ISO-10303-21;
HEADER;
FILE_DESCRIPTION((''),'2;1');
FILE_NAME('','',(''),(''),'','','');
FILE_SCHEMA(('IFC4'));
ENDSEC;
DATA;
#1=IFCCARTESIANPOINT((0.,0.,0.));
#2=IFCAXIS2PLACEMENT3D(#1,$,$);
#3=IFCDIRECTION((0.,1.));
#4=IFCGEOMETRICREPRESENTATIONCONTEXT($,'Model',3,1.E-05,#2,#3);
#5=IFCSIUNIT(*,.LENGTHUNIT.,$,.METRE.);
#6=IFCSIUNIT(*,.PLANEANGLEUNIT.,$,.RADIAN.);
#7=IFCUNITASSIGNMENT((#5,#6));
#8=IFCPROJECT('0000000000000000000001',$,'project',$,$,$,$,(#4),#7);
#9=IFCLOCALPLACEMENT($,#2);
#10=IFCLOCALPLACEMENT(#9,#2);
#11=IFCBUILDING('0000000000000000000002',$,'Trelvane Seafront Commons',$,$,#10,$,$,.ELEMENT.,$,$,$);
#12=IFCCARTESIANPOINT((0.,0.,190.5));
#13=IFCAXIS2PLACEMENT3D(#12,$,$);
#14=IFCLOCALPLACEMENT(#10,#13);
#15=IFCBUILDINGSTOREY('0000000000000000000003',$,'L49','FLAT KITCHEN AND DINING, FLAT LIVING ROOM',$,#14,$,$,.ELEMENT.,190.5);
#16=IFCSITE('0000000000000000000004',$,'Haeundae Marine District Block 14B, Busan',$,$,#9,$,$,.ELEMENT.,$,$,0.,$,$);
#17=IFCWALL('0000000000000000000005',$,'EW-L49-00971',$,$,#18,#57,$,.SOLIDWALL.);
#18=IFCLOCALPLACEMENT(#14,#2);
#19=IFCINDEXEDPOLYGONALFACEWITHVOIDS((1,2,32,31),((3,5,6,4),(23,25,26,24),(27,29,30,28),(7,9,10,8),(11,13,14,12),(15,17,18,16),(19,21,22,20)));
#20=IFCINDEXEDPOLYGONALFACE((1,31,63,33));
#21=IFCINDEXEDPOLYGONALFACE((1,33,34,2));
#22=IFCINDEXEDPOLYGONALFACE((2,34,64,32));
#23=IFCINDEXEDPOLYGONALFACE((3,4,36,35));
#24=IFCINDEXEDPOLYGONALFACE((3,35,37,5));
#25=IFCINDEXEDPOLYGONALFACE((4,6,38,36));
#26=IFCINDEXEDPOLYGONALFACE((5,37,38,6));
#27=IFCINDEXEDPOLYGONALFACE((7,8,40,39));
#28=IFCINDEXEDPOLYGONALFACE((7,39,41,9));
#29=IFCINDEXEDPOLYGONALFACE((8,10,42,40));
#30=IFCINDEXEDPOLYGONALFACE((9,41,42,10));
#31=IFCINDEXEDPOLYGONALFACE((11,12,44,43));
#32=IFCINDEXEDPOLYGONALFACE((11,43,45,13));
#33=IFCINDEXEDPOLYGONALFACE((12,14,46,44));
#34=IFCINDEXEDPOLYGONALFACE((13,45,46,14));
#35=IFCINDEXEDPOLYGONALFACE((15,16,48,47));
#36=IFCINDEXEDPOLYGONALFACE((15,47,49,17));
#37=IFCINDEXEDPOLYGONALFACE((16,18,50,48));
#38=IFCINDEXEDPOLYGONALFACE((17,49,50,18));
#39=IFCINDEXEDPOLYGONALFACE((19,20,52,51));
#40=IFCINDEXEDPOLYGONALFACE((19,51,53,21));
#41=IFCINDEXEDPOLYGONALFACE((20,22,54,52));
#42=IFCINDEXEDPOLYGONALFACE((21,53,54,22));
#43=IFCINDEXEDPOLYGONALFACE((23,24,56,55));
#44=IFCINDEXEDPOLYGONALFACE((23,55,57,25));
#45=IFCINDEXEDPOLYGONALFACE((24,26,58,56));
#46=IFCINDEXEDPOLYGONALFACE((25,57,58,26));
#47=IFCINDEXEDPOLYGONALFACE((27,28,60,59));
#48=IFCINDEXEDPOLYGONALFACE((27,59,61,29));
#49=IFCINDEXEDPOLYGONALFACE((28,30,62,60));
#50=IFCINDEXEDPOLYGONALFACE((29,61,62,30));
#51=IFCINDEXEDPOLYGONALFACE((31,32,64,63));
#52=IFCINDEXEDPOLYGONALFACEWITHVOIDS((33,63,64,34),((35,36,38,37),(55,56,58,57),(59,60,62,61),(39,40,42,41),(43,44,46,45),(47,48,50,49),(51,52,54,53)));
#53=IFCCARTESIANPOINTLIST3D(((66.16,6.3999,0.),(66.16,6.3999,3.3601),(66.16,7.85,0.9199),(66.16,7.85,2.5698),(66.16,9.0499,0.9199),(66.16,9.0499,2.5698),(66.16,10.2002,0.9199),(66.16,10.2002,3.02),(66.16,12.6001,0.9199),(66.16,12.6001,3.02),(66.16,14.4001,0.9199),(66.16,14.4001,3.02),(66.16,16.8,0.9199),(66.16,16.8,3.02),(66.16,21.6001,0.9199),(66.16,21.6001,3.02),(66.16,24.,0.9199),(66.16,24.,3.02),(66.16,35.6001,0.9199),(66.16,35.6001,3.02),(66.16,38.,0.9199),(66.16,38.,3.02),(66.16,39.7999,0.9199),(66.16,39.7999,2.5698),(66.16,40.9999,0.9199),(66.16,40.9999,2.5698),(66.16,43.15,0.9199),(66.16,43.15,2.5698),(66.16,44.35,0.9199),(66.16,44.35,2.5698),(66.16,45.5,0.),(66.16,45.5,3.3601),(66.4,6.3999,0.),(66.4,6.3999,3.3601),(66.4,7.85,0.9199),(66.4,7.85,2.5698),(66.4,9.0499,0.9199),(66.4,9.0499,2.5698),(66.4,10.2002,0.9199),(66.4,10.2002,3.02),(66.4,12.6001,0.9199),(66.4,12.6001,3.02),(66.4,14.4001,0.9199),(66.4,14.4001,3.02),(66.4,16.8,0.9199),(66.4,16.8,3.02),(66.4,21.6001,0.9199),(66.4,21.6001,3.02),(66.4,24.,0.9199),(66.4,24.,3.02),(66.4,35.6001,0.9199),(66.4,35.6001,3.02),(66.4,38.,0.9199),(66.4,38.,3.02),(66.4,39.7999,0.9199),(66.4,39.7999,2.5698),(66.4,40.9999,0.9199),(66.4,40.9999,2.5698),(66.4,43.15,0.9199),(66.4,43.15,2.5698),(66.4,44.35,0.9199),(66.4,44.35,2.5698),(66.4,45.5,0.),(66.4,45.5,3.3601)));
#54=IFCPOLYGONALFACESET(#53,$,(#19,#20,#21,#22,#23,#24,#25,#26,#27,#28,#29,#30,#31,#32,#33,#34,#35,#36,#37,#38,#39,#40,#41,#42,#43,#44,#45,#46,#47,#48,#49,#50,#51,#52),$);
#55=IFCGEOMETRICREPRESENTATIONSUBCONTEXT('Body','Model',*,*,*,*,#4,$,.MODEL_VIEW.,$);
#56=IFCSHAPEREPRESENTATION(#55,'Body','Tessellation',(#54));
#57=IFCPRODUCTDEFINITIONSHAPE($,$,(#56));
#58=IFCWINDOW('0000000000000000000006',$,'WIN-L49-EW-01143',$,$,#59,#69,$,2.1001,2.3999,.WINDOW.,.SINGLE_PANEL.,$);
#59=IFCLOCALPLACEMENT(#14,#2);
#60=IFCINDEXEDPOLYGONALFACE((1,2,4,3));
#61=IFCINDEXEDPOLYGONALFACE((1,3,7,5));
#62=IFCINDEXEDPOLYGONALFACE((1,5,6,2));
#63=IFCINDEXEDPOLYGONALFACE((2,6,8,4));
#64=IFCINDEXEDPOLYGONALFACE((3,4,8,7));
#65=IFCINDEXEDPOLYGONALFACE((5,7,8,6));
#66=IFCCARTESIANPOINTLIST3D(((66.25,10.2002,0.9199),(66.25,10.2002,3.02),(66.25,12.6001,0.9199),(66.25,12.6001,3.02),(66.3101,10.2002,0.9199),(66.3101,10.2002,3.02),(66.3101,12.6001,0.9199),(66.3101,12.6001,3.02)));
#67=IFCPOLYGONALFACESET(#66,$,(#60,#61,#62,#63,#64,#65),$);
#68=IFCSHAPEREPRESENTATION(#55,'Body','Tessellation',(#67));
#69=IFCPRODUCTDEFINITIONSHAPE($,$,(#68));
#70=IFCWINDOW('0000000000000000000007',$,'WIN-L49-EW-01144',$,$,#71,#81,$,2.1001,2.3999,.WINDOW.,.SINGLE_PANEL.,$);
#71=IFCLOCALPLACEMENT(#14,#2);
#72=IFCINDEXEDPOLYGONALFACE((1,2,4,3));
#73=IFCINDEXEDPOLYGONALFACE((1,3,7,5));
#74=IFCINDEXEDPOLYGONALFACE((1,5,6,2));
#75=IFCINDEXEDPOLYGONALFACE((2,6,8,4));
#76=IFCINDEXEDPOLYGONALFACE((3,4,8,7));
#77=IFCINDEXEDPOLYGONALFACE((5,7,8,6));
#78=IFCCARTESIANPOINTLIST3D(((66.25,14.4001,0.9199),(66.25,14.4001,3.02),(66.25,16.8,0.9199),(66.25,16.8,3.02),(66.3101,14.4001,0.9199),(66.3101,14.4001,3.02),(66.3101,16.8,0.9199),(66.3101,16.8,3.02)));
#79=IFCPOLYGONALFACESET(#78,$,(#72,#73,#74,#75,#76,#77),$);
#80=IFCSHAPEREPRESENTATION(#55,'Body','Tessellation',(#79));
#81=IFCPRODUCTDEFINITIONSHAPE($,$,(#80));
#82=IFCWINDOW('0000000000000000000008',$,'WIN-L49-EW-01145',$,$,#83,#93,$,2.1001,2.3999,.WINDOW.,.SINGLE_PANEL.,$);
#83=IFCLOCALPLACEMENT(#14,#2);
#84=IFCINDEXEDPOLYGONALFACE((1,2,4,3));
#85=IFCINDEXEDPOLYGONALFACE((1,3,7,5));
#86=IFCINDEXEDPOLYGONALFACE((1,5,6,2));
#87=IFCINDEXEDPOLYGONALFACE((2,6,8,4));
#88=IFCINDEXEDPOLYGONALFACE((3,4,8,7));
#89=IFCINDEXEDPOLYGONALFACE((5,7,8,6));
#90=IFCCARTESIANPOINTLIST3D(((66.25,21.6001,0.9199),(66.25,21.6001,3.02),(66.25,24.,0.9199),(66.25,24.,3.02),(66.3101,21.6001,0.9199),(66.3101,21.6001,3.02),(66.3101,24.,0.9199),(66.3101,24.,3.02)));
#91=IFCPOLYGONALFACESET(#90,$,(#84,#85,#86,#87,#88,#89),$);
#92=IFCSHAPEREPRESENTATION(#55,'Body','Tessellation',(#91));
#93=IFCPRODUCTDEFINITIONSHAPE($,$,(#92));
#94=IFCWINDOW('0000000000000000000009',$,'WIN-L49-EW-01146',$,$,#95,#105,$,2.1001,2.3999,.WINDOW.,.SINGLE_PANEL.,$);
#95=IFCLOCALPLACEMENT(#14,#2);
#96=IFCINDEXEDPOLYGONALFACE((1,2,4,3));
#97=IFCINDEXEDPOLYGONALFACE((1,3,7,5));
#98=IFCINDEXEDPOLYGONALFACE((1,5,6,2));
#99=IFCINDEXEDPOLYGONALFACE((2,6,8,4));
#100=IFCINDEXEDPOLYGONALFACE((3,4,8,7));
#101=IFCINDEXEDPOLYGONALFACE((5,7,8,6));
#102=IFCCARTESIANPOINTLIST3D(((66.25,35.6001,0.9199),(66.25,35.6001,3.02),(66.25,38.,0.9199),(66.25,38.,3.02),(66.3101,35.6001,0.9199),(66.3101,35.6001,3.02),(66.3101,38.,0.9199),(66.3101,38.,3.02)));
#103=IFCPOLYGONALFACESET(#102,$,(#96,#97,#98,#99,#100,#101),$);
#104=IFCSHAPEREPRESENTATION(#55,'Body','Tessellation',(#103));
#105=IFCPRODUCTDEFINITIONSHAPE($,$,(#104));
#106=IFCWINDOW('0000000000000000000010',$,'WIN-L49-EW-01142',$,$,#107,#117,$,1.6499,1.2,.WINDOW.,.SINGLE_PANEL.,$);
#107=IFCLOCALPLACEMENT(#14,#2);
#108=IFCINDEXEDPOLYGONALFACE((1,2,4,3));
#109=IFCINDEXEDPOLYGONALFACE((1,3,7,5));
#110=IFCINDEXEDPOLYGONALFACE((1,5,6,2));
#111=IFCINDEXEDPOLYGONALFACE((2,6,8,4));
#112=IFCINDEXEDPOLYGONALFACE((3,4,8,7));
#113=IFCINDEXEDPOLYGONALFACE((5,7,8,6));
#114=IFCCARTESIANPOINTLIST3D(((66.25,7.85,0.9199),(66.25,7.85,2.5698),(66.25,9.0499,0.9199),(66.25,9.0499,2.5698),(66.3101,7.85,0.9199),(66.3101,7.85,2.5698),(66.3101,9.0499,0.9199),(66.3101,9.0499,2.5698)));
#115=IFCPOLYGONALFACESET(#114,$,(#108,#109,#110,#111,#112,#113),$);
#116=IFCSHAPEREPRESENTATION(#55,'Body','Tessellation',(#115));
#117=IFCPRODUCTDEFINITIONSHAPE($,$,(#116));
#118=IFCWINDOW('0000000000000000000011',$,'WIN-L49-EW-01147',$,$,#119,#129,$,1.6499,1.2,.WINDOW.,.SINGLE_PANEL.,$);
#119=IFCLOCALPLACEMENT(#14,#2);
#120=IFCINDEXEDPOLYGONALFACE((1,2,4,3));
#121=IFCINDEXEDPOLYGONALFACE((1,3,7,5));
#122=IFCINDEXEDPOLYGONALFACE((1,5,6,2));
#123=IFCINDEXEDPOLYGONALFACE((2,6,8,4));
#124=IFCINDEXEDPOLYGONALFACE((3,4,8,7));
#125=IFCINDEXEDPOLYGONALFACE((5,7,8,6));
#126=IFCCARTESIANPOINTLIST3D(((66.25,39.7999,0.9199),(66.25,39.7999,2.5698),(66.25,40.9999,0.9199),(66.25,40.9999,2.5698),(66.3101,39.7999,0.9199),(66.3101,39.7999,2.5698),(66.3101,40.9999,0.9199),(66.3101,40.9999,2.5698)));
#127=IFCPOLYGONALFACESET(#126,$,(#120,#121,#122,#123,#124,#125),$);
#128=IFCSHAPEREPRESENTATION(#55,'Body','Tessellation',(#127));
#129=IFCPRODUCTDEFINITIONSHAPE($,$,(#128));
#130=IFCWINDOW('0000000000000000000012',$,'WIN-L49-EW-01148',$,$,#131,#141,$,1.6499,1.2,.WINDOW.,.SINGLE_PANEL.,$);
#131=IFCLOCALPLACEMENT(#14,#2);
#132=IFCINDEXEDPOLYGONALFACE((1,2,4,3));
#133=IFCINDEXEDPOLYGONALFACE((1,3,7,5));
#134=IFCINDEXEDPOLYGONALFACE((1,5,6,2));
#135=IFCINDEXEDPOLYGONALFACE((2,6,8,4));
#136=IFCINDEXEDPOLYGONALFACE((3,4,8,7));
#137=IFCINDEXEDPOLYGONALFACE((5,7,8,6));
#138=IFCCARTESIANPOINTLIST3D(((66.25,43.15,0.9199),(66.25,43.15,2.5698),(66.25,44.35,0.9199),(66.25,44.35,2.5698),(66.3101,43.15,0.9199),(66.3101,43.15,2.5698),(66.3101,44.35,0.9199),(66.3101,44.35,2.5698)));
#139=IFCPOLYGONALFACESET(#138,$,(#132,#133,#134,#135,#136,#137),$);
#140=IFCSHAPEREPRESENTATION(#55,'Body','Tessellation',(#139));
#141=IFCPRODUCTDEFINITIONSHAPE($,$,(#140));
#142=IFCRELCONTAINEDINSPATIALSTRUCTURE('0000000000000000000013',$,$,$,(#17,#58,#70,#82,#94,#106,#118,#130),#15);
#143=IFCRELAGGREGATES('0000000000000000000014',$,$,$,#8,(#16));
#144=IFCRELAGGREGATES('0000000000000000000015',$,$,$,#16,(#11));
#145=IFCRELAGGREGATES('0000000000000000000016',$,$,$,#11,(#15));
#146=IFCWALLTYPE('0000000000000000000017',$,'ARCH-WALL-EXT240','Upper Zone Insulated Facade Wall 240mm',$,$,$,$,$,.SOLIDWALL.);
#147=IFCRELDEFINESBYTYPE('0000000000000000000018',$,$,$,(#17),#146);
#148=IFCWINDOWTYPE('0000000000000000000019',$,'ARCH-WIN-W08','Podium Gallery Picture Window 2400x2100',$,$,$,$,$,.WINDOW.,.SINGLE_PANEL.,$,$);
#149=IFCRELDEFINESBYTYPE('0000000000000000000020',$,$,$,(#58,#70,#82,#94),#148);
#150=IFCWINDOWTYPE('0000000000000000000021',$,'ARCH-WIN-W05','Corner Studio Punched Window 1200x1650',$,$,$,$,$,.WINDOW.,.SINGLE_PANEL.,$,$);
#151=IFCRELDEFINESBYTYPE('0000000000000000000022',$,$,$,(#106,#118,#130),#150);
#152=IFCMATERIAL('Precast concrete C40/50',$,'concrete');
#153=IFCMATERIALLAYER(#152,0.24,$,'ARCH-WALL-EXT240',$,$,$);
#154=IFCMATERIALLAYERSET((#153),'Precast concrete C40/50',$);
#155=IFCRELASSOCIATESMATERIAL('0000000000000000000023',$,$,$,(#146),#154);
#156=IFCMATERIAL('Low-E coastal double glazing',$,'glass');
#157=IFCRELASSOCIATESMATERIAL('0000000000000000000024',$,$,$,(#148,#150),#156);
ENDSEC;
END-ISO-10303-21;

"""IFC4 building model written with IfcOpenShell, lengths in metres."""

from ifc_helpers import new_model, si_unit, direction, frame, frame_2d, origin, place, context, subcontext, project, spatial, rectangle, extrude, source, transform, mapped, material, layer, layer_set, type_object, element, fill, save


model = new_model("IFC4")

# Units and contexts
model_context = context("Model", 3, precision=1e-05, world=origin(), true_north=direction((0.0, 1.0)))
body_context = subcontext(model_context, "Body", "Model", "MODEL_VIEW")
ifc_project = project(units=[si_unit("LENGTHUNIT", "METRE"), si_unit("PLANEANGLEUNIT", "RADIAN")], contexts=[model_context])

# Site, building, storey
site_placement = place(None, origin())
site = spatial("IfcSite", under=ifc_project, at=site_placement, Name="Haeundae Marine District Block 14B, Busan", CompositionType="ELEMENT", RefElevation=0.0)
building_placement = place(site_placement, origin())
building = spatial("IfcBuilding", under=site, at=building_placement, Name="Trelvane Seafront Commons", CompositionType="ELEMENT")
storey_placement = place(building_placement, frame((0.0, 0.0, 190.5)))
storey = spatial("IfcBuildingStorey", under=building, at=storey_placement, Name="L49", Description="FLAT KITCHEN AND DINING, FLAT LIVING ROOM", CompositionType="ELEMENT", Elevation=190.5)

# Shared definitions
ifc_material_1 = material(Name="Low-E coastal double glazing", Category="glass")

# Shared definitions
ifc_material_2 = material(Name="Precast concrete C40/50", Category="concrete")
ifc_layer_1 = layer(ifc_material_2, 0.24, Name="ARCH-WALL-EXT240")
ifc_layer_set_1 = layer_set([ifc_layer_1], Name="Precast concrete C40/50")
wall_type = type_object("IfcWallType", Name="ARCH-WALL-EXT240", Description="Upper Zone Insulated Facade Wall 240mm", PredefinedType="SOLIDWALL", material=ifc_layer_set_1)

# Wall, openings, windows
wall_1_placement = place(storey_placement, frame((66.28, 45.5, 0.0), z_axis=(0.0, 0.0, 1.0), x_axis=(0.0, -1.0, 0.0)))
wall_1 = element("IfcWall", 1, at=wall_1_placement, inside=storey, type_object=wall_type, Name="EW-L49-00971", PredefinedType="SOLIDWALL", context=body_context, shape_type="SweptSolid", body=[
    extrude(rectangle(XDim=39.1001, YDim=0.24, at=frame_2d((19.55, 0.0))), origin(), (0.0, 0.0, 1.0), 3.3601),
])
opening_1_placement = place(wall_1_placement, frame((36.45, 0.0, 0.9199)))
opening_1 = element("IfcOpeningElement", 2, at=opening_1_placement, cuts=wall_1, PredefinedType="OPENING", context=body_context, shape_type="SweptSolid", body=[
    extrude(rectangle(XDim=1.2, YDim=1.6499, at=frame_2d((0.6001, 0.825))), frame((0.0, 0.1299, 0.0), z_axis=(0.0, -1.0, 0.0), x_axis=(1.0, 0.0, 0.0)), (0.0, 0.0, 1.0), 0.26),
])
opening_2_placement = place(wall_1_placement, frame((32.8999, 0.0, 0.9199)))
opening_2 = element("IfcOpeningElement", 3, at=opening_2_placement, cuts=wall_1, PredefinedType="OPENING", context=body_context, shape_type="SweptSolid", body=[
    extrude(rectangle(XDim=2.3999, YDim=2.1001, at=frame_2d((1.2, 1.05))), frame((0.0, 0.1299, 0.0), z_axis=(0.0, -1.0, 0.0), x_axis=(1.0, 0.0, 0.0)), (0.0, 0.0, 1.0), 0.26),
])
opening_3_placement = place(wall_1_placement, frame((28.7, 0.0, 0.9199)))
opening_3 = element("IfcOpeningElement", 4, at=opening_3_placement, cuts=wall_1, PredefinedType="OPENING", context=body_context, shape_type="SweptSolid", body=[
    extrude(rectangle(XDim=2.3999, YDim=2.1001, at=frame_2d((1.2, 1.05))), frame((0.0, 0.1299, 0.0), z_axis=(0.0, -1.0, 0.0), x_axis=(1.0, 0.0, 0.0)), (0.0, 0.0, 1.0), 0.26),
])
opening_4_placement = place(wall_1_placement, frame((21.5, 0.0, 0.9199)))
opening_4 = element("IfcOpeningElement", 5, at=opening_4_placement, cuts=wall_1, PredefinedType="OPENING", context=body_context, shape_type="SweptSolid", body=[
    extrude(rectangle(XDim=2.3999, YDim=2.1001, at=frame_2d((1.2, 1.05))), frame((0.0, 0.1299, 0.0), z_axis=(0.0, -1.0, 0.0), x_axis=(1.0, 0.0, 0.0)), (0.0, 0.0, 1.0), 0.26),
])
opening_5_placement = place(wall_1_placement, frame((7.5, 0.0, 0.9199)))
opening_5 = element("IfcOpeningElement", 6, at=opening_5_placement, cuts=wall_1, PredefinedType="OPENING", context=body_context, shape_type="SweptSolid", body=[
    extrude(rectangle(XDim=2.3999, YDim=2.1001, at=frame_2d((1.2, 1.05))), frame((0.0, 0.1299, 0.0), z_axis=(0.0, -1.0, 0.0), x_axis=(1.0, 0.0, 0.0)), (0.0, 0.0, 1.0), 0.26),
])
opening_6_placement = place(wall_1_placement, frame((4.5, 0.0, 0.9199)))
opening_6 = element("IfcOpeningElement", 7, at=opening_6_placement, cuts=wall_1, PredefinedType="OPENING", context=body_context, shape_type="SweptSolid", body=[
    extrude(rectangle(XDim=1.2, YDim=1.6499, at=frame_2d((0.6001, 0.825))), frame((0.0, 0.1299, 0.0), z_axis=(0.0, -1.0, 0.0), x_axis=(1.0, 0.0, 0.0)), (0.0, 0.0, 1.0), 0.26),
])
opening_7_placement = place(wall_1_placement, frame((1.1499, 0.0, 0.9199)))
opening_7 = element("IfcOpeningElement", 8, at=opening_7_placement, cuts=wall_1, PredefinedType="OPENING", context=body_context, shape_type="SweptSolid", body=[
    extrude(rectangle(XDim=1.2, YDim=1.6499, at=frame_2d((0.6001, 0.825))), frame((0.0, 0.1299, 0.0), z_axis=(0.0, -1.0, 0.0), x_axis=(1.0, 0.0, 0.0)), (0.0, 0.0, 1.0), 0.26),
])
window_type_1 = type_object("IfcWindowType", Name="ARCH-WIN-W08", Description="Podium Gallery Picture Window 2400x2100", PartitioningType="SINGLE_PANEL", PredefinedType="WINDOW", material=ifc_material_1)
shared_shape_1 = source(origin(), body_context, "Body", "SweptSolid", [
    extrude(rectangle(XDim=2.3999, YDim=2.1001, at=frame_2d((1.2, 1.05))), frame((0.0, 0.03, 0.0), z_axis=(0.0, -1.0, 0.0), x_axis=(1.0, 0.0, 0.0)), (0.0, 0.0, 1.0), 0.0601),
])
window_1_placement = place(opening_2_placement, origin())
window_1 = element("IfcWindow", 9, at=window_1_placement, inside=storey, type_object=window_type_1, Name="WIN-L49-EW-01143", OverallHeight=2.1001, OverallWidth=2.3999, PartitioningType="SINGLE_PANEL", PredefinedType="WINDOW", context=body_context, shape_type="MappedRepresentation", body=[
    mapped(shared_shape_1, transform((0.0, 0.0, 0.0), x_axis=(1.0, 0.0, 0.0), y_axis=(0.0, 1.0, 0.0), z_axis=(0.0, 0.0, 1.0), scale=1.0)),
])
fill(opening_2, window_1)
window_2_placement = place(opening_3_placement, origin())
window_2 = element("IfcWindow", 10, at=window_2_placement, inside=storey, type_object=window_type_1, Name="WIN-L49-EW-01144", OverallHeight=2.1001, OverallWidth=2.3999, PartitioningType="SINGLE_PANEL", PredefinedType="WINDOW", context=body_context, shape_type="MappedRepresentation", body=[
    mapped(shared_shape_1, transform((0.0, 0.0, 0.0), x_axis=(1.0, 0.0, 0.0), y_axis=(0.0, 1.0, 0.0), z_axis=(0.0, 0.0, 1.0), scale=1.0)),
])
fill(opening_3, window_2)
window_3_placement = place(opening_4_placement, origin())
window_3 = element("IfcWindow", 11, at=window_3_placement, inside=storey, type_object=window_type_1, Name="WIN-L49-EW-01145", OverallHeight=2.1001, OverallWidth=2.3999, PartitioningType="SINGLE_PANEL", PredefinedType="WINDOW", context=body_context, shape_type="MappedRepresentation", body=[
    mapped(shared_shape_1, transform((0.0, 0.0, 0.0), x_axis=(1.0, 0.0, 0.0), y_axis=(0.0, 1.0, 0.0), z_axis=(0.0, 0.0, 1.0), scale=1.0)),
])
fill(opening_4, window_3)
window_4_placement = place(opening_5_placement, origin())
window_4 = element("IfcWindow", 12, at=window_4_placement, inside=storey, type_object=window_type_1, Name="WIN-L49-EW-01146", OverallHeight=2.1001, OverallWidth=2.3999, PartitioningType="SINGLE_PANEL", PredefinedType="WINDOW", context=body_context, shape_type="MappedRepresentation", body=[
    mapped(shared_shape_1, transform((0.0, 0.0, 0.0), x_axis=(1.0, 0.0, 0.0), y_axis=(0.0, 1.0, 0.0), z_axis=(0.0, 0.0, 1.0), scale=1.0)),
])
fill(opening_5, window_4)
window_type_2 = type_object("IfcWindowType", Name="ARCH-WIN-W05", Description="Corner Studio Punched Window 1200x1650", PartitioningType="SINGLE_PANEL", PredefinedType="WINDOW", material=ifc_material_1)
shared_shape_2 = source(origin(), body_context, "Body", "SweptSolid", [
    extrude(rectangle(XDim=1.2, YDim=1.6499, at=frame_2d((0.6001, 0.825))), frame((0.0, 0.03, 0.0), z_axis=(0.0, -1.0, 0.0), x_axis=(1.0, 0.0, 0.0)), (0.0, 0.0, 1.0), 0.0601),
])
window_5_placement = place(opening_1_placement, origin())
window_5 = element("IfcWindow", 13, at=window_5_placement, inside=storey, type_object=window_type_2, Name="WIN-L49-EW-01142", OverallHeight=1.6499, OverallWidth=1.2, PartitioningType="SINGLE_PANEL", PredefinedType="WINDOW", context=body_context, shape_type="MappedRepresentation", body=[
    mapped(shared_shape_2, transform((0.0, 0.0, 0.0), x_axis=(1.0, 0.0, 0.0), y_axis=(0.0, 1.0, 0.0), z_axis=(0.0, 0.0, 1.0), scale=1.0)),
])
fill(opening_1, window_5)
window_6_placement = place(opening_6_placement, origin())
window_6 = element("IfcWindow", 14, at=window_6_placement, inside=storey, type_object=window_type_2, Name="WIN-L49-EW-01147", OverallHeight=1.6499, OverallWidth=1.2, PartitioningType="SINGLE_PANEL", PredefinedType="WINDOW", context=body_context, shape_type="MappedRepresentation", body=[
    mapped(shared_shape_2, transform((0.0, 0.0, 0.0), x_axis=(1.0, 0.0, 0.0), y_axis=(0.0, 1.0, 0.0), z_axis=(0.0, 0.0, 1.0), scale=1.0)),
])
fill(opening_6, window_6)
window_7_placement = place(opening_7_placement, origin())
window_7 = element("IfcWindow", 15, at=window_7_placement, inside=storey, type_object=window_type_2, Name="WIN-L49-EW-01148", OverallHeight=1.6499, OverallWidth=1.2, PartitioningType="SINGLE_PANEL", PredefinedType="WINDOW", context=body_context, shape_type="MappedRepresentation", body=[
    mapped(shared_shape_2, transform((0.0, 0.0, 0.0), x_axis=(1.0, 0.0, 0.0), y_axis=(0.0, 1.0, 0.0), z_axis=(0.0, 0.0, 1.0), scale=1.0)),
])
fill(opening_7, window_7)

save(model, "model.ifc")
